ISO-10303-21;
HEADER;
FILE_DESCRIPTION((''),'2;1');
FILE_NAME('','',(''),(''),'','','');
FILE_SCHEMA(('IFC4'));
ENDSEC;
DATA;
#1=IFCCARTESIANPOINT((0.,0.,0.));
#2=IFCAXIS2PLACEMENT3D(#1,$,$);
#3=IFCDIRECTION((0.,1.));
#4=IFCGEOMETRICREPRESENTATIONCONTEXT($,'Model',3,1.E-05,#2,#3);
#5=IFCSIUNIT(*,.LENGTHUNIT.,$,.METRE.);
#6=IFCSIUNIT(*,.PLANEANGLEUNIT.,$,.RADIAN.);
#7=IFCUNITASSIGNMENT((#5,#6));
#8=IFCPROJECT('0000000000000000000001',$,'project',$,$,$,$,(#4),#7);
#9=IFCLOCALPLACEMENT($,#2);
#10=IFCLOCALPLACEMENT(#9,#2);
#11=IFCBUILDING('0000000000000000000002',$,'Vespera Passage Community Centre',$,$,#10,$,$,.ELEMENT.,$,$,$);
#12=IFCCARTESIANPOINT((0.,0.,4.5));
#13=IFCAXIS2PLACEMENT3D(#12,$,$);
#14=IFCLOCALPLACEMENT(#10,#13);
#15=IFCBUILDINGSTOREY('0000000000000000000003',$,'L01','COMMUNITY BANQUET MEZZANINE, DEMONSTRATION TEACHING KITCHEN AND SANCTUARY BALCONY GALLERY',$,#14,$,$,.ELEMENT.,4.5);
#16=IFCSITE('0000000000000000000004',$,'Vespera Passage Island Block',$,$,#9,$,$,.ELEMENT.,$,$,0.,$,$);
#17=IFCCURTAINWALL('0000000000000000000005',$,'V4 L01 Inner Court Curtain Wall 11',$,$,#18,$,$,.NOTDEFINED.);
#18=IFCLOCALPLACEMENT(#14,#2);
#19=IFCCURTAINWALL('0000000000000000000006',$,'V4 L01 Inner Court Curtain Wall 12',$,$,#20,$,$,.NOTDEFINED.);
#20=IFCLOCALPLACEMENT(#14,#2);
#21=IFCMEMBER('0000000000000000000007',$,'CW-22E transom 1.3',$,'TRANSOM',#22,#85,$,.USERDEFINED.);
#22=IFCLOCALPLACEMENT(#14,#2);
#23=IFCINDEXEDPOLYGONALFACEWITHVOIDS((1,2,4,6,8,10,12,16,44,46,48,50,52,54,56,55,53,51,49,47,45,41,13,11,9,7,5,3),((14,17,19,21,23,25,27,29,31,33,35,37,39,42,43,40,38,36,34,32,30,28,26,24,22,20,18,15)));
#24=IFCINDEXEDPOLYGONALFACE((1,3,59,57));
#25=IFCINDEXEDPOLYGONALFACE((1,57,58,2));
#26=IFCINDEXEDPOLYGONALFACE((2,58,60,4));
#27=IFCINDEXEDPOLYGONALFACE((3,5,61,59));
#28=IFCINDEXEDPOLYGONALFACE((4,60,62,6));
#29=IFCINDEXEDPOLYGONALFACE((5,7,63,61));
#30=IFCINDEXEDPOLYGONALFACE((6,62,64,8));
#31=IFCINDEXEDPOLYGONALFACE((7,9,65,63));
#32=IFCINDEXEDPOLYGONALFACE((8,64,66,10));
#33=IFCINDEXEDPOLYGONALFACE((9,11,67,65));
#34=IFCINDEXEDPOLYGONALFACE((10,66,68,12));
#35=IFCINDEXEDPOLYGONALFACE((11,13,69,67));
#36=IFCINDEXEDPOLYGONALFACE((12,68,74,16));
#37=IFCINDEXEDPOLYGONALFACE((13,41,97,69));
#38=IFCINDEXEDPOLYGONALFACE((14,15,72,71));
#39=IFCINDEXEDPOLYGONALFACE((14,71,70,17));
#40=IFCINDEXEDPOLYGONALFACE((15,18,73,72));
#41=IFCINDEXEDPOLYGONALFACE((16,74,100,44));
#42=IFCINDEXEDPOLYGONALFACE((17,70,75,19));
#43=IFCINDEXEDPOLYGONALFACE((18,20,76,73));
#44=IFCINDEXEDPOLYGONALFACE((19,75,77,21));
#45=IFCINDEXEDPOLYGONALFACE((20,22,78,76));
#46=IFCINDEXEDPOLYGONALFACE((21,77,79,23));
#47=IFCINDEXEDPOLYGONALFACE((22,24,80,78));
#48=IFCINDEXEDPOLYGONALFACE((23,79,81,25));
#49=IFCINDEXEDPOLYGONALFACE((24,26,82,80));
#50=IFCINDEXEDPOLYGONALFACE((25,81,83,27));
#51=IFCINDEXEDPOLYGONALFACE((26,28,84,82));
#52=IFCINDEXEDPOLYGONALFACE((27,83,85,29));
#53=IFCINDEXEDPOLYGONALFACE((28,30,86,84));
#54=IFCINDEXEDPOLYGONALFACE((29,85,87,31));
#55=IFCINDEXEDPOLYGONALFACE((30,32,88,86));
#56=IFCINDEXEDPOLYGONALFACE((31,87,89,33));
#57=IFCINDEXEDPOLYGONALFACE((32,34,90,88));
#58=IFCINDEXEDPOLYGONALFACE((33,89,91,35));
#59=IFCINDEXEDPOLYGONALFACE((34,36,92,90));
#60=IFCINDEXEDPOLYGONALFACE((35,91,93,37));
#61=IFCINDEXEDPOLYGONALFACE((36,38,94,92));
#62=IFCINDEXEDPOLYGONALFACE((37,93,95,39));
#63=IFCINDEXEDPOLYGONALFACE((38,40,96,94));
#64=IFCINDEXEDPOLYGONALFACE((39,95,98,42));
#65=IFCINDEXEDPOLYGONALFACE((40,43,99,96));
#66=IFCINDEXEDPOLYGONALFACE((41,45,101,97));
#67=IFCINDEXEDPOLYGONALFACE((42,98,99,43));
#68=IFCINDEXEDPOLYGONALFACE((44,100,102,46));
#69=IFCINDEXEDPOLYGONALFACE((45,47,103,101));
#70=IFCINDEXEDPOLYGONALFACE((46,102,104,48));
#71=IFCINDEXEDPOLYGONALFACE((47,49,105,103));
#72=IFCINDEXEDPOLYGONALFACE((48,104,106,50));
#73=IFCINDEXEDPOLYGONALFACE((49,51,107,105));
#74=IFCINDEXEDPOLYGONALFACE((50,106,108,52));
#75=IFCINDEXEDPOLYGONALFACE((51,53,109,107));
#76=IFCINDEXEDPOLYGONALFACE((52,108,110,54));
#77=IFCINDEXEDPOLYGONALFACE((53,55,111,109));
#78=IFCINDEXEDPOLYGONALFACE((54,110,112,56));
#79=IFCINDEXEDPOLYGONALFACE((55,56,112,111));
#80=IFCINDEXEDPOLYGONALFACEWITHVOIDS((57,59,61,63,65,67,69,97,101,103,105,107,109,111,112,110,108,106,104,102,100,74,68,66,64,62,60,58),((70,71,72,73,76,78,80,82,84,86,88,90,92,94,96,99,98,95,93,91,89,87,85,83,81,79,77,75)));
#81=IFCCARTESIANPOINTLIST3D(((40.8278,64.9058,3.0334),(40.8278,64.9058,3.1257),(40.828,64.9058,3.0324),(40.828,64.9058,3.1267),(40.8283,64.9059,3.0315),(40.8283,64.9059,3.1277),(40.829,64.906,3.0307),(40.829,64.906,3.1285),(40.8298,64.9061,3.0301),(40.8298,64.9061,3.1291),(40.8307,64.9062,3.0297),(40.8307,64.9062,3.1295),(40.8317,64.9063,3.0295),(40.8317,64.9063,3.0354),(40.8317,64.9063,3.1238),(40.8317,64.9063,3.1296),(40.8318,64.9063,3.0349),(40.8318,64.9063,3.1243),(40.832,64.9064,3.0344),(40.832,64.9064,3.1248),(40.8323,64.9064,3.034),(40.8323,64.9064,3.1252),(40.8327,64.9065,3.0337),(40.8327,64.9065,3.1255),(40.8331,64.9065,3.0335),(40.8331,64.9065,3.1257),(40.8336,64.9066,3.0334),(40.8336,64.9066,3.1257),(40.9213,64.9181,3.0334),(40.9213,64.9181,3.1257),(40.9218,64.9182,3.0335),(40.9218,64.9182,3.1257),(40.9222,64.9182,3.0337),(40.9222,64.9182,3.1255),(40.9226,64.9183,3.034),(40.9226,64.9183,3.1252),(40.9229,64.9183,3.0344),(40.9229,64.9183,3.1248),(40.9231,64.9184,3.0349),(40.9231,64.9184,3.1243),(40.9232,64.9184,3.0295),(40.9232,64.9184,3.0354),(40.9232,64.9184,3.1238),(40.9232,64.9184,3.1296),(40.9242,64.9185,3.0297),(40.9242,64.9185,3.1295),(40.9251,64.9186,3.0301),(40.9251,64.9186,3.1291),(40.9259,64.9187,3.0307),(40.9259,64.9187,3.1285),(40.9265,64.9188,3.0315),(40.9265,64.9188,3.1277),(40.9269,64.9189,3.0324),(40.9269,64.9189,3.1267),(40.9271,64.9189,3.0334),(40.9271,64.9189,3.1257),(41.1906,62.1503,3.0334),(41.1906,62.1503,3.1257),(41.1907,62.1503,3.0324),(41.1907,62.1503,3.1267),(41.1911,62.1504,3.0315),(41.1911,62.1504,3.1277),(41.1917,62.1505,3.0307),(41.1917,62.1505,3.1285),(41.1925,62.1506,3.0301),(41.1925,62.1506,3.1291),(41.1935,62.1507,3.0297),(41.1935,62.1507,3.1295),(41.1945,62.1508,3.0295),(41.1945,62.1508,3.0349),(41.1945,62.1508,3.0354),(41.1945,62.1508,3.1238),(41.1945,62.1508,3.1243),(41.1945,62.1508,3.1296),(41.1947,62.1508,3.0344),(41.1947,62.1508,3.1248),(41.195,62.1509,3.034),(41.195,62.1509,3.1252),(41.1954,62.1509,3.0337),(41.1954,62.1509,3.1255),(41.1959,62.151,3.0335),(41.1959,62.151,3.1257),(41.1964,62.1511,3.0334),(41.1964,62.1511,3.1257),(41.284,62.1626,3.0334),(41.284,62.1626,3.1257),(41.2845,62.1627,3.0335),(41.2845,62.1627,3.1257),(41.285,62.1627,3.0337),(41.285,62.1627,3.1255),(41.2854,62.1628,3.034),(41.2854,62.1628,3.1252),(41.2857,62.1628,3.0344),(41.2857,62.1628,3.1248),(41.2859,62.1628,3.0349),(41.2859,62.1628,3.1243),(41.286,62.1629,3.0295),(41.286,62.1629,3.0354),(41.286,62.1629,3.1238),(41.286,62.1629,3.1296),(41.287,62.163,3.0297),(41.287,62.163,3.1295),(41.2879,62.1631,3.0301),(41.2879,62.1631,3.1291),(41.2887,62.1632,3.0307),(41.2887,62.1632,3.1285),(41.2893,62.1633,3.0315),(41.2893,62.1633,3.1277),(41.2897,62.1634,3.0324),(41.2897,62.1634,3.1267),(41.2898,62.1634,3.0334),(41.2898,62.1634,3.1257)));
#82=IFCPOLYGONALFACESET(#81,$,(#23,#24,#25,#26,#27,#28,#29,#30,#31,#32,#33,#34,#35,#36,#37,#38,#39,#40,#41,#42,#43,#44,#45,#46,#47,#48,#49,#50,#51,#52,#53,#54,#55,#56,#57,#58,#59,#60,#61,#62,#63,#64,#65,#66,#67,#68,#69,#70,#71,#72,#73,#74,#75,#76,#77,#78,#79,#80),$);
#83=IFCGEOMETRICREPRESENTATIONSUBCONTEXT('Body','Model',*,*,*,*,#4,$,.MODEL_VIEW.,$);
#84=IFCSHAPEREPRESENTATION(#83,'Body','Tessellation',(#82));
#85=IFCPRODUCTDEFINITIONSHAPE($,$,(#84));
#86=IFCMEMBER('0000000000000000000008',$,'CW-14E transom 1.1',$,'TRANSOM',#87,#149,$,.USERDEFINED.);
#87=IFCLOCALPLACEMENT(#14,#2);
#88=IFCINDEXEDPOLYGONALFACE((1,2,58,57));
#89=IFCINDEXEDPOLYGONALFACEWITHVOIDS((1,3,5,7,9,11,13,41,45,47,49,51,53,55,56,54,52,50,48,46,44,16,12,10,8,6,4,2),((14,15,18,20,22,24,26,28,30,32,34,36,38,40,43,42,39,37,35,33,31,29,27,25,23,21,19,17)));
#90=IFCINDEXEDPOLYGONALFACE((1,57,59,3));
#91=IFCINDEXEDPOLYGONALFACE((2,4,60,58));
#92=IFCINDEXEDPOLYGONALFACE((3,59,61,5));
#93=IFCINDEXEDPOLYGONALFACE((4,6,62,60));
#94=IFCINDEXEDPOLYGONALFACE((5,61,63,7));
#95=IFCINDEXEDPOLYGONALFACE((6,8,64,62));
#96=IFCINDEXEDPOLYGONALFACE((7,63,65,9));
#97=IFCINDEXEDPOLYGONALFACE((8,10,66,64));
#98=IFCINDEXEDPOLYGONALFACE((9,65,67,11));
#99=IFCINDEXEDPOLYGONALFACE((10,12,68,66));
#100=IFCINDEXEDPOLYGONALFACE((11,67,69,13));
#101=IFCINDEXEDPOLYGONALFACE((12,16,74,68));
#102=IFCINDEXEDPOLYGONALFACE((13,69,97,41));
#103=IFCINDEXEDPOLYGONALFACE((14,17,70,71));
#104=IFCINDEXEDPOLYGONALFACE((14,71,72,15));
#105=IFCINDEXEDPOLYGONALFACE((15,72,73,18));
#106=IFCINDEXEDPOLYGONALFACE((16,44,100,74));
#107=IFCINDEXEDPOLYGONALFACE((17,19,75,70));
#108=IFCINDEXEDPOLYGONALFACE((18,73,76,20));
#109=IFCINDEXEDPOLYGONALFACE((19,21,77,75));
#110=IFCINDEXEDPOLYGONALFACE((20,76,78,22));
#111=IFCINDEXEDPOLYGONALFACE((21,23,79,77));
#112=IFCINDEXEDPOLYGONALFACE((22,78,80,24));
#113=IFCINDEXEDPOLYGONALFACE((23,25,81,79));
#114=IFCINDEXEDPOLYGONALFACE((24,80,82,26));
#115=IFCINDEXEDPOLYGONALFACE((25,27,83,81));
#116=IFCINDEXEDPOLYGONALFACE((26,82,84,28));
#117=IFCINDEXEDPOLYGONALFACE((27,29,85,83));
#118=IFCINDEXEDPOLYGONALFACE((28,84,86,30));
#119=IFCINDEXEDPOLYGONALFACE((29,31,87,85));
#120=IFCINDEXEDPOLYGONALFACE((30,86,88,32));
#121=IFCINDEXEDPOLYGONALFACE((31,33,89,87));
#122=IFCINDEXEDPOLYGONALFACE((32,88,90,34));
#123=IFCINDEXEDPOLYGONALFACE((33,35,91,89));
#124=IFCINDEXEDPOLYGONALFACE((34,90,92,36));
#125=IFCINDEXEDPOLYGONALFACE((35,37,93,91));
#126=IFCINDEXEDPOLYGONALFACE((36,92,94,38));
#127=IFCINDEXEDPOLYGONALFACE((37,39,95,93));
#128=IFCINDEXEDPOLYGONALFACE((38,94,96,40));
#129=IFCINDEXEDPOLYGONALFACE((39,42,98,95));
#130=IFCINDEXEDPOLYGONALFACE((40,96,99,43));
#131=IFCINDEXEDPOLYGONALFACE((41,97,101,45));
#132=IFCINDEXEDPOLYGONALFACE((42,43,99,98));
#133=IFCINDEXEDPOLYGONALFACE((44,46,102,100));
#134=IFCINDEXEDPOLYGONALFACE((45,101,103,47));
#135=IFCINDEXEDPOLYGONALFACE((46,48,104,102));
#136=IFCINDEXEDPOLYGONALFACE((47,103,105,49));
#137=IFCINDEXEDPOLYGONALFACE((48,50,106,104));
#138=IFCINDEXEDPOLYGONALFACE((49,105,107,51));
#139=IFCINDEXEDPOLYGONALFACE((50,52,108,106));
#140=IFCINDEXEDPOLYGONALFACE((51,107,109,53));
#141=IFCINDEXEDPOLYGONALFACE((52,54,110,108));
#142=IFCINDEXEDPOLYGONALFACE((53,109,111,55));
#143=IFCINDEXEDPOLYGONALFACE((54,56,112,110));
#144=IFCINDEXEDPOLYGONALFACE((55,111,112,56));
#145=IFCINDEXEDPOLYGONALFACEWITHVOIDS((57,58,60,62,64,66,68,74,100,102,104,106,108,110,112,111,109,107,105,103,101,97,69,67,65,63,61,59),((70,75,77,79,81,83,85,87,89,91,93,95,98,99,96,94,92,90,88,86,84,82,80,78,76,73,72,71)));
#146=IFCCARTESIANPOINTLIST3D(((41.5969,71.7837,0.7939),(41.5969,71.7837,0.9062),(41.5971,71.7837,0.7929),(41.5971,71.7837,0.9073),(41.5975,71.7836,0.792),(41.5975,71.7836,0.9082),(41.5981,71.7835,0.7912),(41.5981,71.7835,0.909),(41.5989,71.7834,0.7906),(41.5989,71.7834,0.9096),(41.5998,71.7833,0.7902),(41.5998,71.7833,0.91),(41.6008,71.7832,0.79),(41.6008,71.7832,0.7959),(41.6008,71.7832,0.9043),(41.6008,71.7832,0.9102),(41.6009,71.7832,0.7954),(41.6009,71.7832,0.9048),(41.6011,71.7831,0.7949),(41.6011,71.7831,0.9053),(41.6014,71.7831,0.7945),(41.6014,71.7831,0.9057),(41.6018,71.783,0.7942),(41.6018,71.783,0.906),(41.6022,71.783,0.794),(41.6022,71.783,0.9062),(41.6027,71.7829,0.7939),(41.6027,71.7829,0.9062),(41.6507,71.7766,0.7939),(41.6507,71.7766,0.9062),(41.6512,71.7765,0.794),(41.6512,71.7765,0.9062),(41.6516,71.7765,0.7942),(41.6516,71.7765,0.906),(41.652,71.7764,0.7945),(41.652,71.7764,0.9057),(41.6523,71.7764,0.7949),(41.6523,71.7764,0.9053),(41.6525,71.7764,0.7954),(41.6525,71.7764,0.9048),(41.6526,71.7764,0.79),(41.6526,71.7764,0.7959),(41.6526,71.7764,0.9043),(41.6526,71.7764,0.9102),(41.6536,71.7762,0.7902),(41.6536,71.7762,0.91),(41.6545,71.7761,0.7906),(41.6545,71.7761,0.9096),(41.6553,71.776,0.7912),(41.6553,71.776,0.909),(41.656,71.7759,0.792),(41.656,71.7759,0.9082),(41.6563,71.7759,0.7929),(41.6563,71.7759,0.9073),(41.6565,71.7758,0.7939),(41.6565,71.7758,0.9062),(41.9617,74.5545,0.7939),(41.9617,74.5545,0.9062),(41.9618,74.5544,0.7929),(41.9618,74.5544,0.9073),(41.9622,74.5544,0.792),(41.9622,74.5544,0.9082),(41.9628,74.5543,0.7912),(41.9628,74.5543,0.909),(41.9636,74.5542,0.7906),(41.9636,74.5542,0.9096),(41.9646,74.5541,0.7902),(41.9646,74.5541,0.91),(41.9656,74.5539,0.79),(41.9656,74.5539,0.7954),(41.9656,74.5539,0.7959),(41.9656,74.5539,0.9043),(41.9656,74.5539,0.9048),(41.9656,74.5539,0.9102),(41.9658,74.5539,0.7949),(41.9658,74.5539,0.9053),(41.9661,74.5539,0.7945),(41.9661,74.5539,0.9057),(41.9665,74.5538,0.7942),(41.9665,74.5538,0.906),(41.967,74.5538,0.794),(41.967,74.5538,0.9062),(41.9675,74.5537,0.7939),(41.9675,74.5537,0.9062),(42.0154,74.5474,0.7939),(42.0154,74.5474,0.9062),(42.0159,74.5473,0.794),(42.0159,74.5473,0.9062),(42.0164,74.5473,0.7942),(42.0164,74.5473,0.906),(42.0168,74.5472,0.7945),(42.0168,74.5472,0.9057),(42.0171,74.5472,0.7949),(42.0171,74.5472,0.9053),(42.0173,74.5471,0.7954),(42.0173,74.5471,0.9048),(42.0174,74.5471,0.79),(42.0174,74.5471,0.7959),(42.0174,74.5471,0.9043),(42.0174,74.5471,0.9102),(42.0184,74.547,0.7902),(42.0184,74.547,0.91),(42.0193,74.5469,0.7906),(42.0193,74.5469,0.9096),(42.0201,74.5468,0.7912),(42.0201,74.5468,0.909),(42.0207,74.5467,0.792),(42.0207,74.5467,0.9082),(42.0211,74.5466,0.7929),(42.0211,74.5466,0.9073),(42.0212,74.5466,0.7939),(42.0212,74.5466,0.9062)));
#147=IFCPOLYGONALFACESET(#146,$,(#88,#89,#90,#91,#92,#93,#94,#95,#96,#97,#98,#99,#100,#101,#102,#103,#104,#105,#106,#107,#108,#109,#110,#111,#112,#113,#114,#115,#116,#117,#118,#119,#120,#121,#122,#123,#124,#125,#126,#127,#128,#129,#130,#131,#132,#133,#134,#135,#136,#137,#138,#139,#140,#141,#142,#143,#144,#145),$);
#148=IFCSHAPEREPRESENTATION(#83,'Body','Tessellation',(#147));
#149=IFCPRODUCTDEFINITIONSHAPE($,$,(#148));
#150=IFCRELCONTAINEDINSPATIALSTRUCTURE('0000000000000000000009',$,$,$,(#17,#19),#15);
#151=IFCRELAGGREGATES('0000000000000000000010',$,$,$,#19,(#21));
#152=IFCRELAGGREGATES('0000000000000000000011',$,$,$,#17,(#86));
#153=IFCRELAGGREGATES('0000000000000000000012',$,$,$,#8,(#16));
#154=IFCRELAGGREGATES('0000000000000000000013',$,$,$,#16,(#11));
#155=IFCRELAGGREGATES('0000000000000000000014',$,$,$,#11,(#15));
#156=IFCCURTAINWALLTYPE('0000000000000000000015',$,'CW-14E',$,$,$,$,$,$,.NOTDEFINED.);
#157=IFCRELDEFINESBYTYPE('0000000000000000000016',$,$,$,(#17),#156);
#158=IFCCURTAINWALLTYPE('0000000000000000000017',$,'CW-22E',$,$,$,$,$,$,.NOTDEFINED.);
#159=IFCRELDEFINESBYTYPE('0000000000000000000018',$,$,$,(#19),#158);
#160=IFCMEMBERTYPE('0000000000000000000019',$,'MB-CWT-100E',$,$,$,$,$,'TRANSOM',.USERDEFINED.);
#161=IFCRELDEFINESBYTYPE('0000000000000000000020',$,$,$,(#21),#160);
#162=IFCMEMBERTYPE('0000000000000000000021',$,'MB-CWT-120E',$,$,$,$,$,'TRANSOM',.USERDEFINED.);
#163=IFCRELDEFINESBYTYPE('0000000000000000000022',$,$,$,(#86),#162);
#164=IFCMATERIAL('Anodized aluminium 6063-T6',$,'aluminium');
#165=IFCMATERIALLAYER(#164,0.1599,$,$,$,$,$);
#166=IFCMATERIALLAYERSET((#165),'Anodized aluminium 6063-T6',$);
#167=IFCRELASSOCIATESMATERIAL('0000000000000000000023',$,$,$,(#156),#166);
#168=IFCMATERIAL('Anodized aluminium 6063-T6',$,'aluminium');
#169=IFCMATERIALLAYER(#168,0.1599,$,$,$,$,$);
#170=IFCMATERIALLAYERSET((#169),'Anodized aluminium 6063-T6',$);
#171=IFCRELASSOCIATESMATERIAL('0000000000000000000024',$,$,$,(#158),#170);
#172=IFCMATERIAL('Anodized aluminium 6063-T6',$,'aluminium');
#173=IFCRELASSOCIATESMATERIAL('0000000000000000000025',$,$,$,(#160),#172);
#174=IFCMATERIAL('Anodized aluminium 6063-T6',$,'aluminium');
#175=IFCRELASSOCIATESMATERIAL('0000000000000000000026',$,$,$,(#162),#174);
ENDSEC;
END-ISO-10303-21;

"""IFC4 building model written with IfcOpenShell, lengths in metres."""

from ifc_helpers import new_model, si_unit, direction, frame, origin, origin_2d, place, context, subcontext, project, spatial, hollow_rectangle, extrude, material, layer, layer_set, material_profile, profile_set, type_object, element, aggregate, save


model = new_model("IFC4")

# Units and contexts
model_context = context("Model", 3, precision=1e-05, world=origin(), true_north=direction((0.0, 1.0)))
body_context = subcontext(model_context, "Body", "Model", "MODEL_VIEW")
ifc_project = project(units=[si_unit("LENGTHUNIT", "METRE"), si_unit("PLANEANGLEUNIT", "RADIAN")], contexts=[model_context])

# Site, building, storey
site_placement = place(None, origin())
site = spatial("IfcSite", under=ifc_project, at=site_placement, Name="Vespera Passage Island Block", CompositionType="ELEMENT", RefElevation=0.0)
building_placement = place(site_placement, origin())
building = spatial("IfcBuilding", under=site, at=building_placement, Name="Vespera Passage Community Centre", CompositionType="ELEMENT")
storey_placement = place(building_placement, frame((0.0, 0.0, 4.5)))
storey = spatial("IfcBuildingStorey", under=building, at=storey_placement, Name="L01", Description="COMMUNITY BANQUET MEZZANINE, DEMONSTRATION TEACHING KITCHEN AND SANCTUARY BALCONY GALLERY", CompositionType="ELEMENT", Elevation=4.5)

# Curtain walls, member
ifc_material_1 = material(Name="Anodized aluminium 6063-T6", Category="aluminium")
ifc_layer_1 = layer(ifc_material_1, 0.1599)
ifc_layer_set_1 = layer_set([ifc_layer_1], Name="Anodized aluminium 6063-T6")
curtain_wall_type_1 = type_object("IfcCurtainWallType", Name="CW-14E", PredefinedType="NOTDEFINED", material=ifc_layer_set_1)
curtain_wall_1_placement = place(storey_placement, origin())
curtain_wall_1 = element("IfcCurtainWall", 1, at=curtain_wall_1_placement, inside=storey, type_object=curtain_wall_type_1, Name="V4 L01 Inner Court Curtain Wall 11", PredefinedType="NOTDEFINED")
ifc_material_2 = material(Name="Anodized aluminium 6063-T6", Category="aluminium")
ifc_layer_2 = layer(ifc_material_2, 0.1599)
ifc_layer_set_2 = layer_set([ifc_layer_2], Name="Anodized aluminium 6063-T6")
curtain_wall_type_2 = type_object("IfcCurtainWallType", Name="CW-22E", PredefinedType="NOTDEFINED", material=ifc_layer_set_2)
curtain_wall_2_placement = place(storey_placement, origin())
curtain_wall_2 = element("IfcCurtainWall", 2, at=curtain_wall_2_placement, inside=storey, type_object=curtain_wall_type_2, Name="V4 L01 Inner Court Curtain Wall 12", PredefinedType="NOTDEFINED")
ifc_material_3 = material(Name="Anodized aluminium 6063-T6", Category="aluminium")
ifc_material_profile_1 = material_profile(ifc_material_3, hollow_rectangle(XDim=0.1001, YDim=0.1001, WallThickness=0.0039, InnerFilletRadius=0.002, OuterFilletRadius=0.0039, at=origin_2d()), Name="ALU100X100X4")
ifc_profile_set_1 = profile_set([ifc_material_profile_1], Name="Anodized aluminium 6063-T6")
member_type_1 = type_object("IfcMemberType", Name="MB-CWT-100E", ElementType="TRANSOM", PredefinedType="USERDEFINED", material=ifc_profile_set_1)
member_1_placement = place(storey_placement, frame((40.8774, 64.9124, 3.0796), z_axis=(0.130529, -0.991444, 0.0), x_axis=(0.991444, 0.130529, 0.0)))
member_1 = element("IfcMember", 3, at=member_1_placement, type_object=member_type_1, Name="CW-22E transom 1.3", ObjectType="TRANSOM", PredefinedType="USERDEFINED", context=body_context, shape_type="SweptSolid", body=[
    extrude(hollow_rectangle(XDim=0.1001, YDim=0.1001, WallThickness=0.0039, InnerFilletRadius=0.002, OuterFilletRadius=0.0039, at=origin_2d()), origin(), (0.0, 0.0, 1.0), 2.7793),
])
aggregate(curtain_wall_2, [member_1])

# Member
ifc_material_4 = material(Name="Anodized aluminium 6063-T6", Category="aluminium")
ifc_material_profile_2 = material_profile(ifc_material_4, hollow_rectangle(XDim=0.0601, YDim=0.1201, WallThickness=0.0039, InnerFilletRadius=0.002, OuterFilletRadius=0.0039, at=origin_2d()), Name="ALU120X60X4")
ifc_profile_set_2 = profile_set([ifc_material_profile_2], Name="Anodized aluminium 6063-T6")
member_type_2 = type_object("IfcMemberType", Name="MB-CWT-120E", ElementType="TRANSOM", PredefinedType="USERDEFINED", material=ifc_profile_set_2)
member_2_placement = place(storey_placement, frame((41.9915, 74.5505, 0.8501), z_axis=(-0.130516, -0.991446, 0.0), x_axis=(0.991446, -0.130516, 0.0)))
member_2 = element("IfcMember", 4, at=member_2_placement, type_object=member_type_2, Name="CW-14E transom 1.1", ObjectType="TRANSOM", PredefinedType="USERDEFINED", context=body_context, shape_type="SweptSolid", body=[
    extrude(hollow_rectangle(XDim=0.0601, YDim=0.1201, WallThickness=0.0039, InnerFilletRadius=0.002, OuterFilletRadius=0.0039, at=origin_2d()), origin(), (0.0, 0.0, 1.0), 2.7947),
])

aggregate(curtain_wall_1, [member_2])

save(model, "model.ifc")
